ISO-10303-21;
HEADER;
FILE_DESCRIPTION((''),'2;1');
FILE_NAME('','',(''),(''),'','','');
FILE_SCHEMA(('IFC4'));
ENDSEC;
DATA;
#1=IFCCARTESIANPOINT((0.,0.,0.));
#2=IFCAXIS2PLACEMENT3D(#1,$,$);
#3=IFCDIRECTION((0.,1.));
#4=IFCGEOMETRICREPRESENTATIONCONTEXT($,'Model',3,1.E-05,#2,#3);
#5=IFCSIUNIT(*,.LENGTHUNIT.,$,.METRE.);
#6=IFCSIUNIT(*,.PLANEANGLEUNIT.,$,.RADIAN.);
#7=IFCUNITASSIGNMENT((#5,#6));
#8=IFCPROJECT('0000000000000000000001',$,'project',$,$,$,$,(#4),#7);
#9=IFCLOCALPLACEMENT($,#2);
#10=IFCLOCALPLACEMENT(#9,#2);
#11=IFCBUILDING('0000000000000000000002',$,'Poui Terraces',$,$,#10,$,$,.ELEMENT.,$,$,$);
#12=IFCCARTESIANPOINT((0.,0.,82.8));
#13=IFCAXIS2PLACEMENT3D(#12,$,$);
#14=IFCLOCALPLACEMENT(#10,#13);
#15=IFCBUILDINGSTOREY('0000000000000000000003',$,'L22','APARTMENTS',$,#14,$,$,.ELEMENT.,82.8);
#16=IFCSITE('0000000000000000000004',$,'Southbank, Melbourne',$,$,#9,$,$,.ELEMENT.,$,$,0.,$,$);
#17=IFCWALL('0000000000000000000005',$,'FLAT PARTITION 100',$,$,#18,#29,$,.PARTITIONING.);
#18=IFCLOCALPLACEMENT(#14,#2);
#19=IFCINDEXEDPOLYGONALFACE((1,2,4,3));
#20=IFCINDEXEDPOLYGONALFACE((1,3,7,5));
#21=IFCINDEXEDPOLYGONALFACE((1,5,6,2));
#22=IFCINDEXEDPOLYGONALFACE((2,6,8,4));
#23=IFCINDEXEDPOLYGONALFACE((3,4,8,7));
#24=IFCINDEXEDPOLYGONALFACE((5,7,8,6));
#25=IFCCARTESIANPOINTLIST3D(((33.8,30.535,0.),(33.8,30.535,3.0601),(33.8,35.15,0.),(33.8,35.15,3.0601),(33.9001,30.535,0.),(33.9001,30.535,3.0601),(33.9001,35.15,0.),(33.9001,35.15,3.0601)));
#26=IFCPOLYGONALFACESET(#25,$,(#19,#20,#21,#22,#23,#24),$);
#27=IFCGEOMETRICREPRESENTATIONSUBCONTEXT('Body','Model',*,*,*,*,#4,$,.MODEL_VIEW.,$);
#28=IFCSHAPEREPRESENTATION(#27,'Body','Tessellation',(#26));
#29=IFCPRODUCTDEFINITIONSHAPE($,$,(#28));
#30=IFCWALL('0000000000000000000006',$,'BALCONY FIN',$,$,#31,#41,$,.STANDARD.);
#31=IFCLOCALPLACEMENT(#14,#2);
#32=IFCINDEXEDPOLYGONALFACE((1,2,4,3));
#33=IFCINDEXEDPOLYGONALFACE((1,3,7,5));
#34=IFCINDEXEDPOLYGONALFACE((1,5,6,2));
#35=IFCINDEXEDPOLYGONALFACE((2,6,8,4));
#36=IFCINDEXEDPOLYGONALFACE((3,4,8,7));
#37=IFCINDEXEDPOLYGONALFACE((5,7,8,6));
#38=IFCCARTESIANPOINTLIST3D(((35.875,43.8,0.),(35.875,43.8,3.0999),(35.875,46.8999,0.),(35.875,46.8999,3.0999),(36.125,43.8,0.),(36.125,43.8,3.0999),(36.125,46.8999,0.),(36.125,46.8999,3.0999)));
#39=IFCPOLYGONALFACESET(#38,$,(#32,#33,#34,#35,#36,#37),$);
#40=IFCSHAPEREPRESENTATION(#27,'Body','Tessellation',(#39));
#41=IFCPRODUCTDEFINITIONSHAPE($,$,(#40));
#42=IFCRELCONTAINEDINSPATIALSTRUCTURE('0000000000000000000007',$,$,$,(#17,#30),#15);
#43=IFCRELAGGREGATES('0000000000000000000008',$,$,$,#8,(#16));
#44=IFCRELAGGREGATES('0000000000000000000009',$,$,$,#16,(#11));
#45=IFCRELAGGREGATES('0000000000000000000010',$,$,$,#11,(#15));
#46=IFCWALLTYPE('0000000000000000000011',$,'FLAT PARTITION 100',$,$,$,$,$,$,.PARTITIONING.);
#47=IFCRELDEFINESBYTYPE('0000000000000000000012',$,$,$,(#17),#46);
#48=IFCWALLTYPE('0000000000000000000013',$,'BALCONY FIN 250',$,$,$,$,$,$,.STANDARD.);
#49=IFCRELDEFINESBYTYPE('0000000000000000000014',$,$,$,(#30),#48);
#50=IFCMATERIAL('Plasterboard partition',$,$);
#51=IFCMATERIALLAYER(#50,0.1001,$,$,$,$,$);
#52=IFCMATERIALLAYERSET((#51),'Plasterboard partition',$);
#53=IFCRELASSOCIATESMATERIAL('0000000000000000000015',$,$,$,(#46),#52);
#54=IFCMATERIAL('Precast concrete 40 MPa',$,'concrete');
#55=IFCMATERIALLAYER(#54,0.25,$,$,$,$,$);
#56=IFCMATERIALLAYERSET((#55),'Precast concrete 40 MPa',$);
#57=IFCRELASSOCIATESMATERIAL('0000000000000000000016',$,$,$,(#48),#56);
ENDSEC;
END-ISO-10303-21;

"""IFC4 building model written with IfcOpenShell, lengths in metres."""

from ifc_helpers import new_model, si_unit, direction, frame, frame_2d, origin, place, context, subcontext, project, spatial, polyline, rectangle, outline, extrude, source, transform, mapped, material, layer, layer_set, type_object, element, save


model = new_model("IFC4")

# Units and contexts
model_context = context("Model", 3, precision=1e-05, world=origin(), true_north=direction((0.0, 1.0)))
body_context = subcontext(model_context, "Body", "Model", "MODEL_VIEW")
ifc_project = project(units=[si_unit("LENGTHUNIT", "METRE"), si_unit("PLANEANGLEUNIT", "RADIAN")], contexts=[model_context])

# Site, building, storey
site_placement = place(None, origin())
site = spatial("IfcSite", under=ifc_project, at=site_placement, Name="Southbank, Melbourne", CompositionType="ELEMENT", RefElevation=0.0)
building_placement = place(site_placement, origin())
building = spatial("IfcBuilding", under=site, at=building_placement, Name="Poui Terraces", CompositionType="ELEMENT")
storey_placement = place(building_placement, frame((0.0, 0.0, 82.8)))
storey = spatial("IfcBuildingStorey", under=building, at=storey_placement, Name="L22", Description="APARTMENTS", CompositionType="ELEMENT", Elevation=82.8)

# Shared definitions
ifc_material_1 = material(Name="Plasterboard partition")
ifc_layer_1 = layer(ifc_material_1, 0.1001)
ifc_layer_set_1 = layer_set([ifc_layer_1], Name="Plasterboard partition")
wall_type_1 = type_object("IfcWallType", Name="FLAT PARTITION 100", PredefinedType="PARTITIONING", material=ifc_layer_set_1)

# Walls
wall_1_placement = place(storey_placement, frame((33.8501, 30.5349, 0.0), z_axis=(0.0, 0.0, 1.0), x_axis=(0.0, 1.0, 0.0)))
element("IfcWall", 1, at=wall_1_placement, inside=storey, type_object=wall_type_1, Name="FLAT PARTITION 100", PredefinedType="PARTITIONING", context=body_context, shape_type="SweptSolid", body=[
    extrude(rectangle(XDim=4.615, YDim=0.1001, at=frame_2d((2.3076, 0.0))), origin(), (0.0, 0.0, 1.0), 3.0601),
])
ifc_material_2 = material(Name="Precast concrete 40 MPa", Category="concrete")
ifc_layer_2 = layer(ifc_material_2, 0.25)
ifc_layer_set_2 = layer_set([ifc_layer_2], Name="Precast concrete 40 MPa")
wall_type_2 = type_object("IfcWallType", Name="BALCONY FIN 250", PredefinedType="STANDARD", material=ifc_layer_set_2)
shared_shape_1 = source(origin(), body_context, "Body", "SweptSolid", [
    extrude(outline(polyline([(0.0, 0.0), (0.25, 0.0), (0.25, 3.0999), (0.0, 3.0999), (0.0, 0.0)])), origin(), (0.0, 0.0, 1.0), 3.0999),
])
wall_2_placement = place(storey_placement, frame((35.875, 43.8, 0.0)))
element("IfcWall", 2, at=wall_2_placement, inside=storey, type_object=wall_type_2, Name="BALCONY FIN", PredefinedType="STANDARD", context=body_context, shape_type="MappedRepresentation", body=[
    mapped(shared_shape_1, transform((0.0, 0.0, 0.0))),
])

save(model, "model.ifc")
